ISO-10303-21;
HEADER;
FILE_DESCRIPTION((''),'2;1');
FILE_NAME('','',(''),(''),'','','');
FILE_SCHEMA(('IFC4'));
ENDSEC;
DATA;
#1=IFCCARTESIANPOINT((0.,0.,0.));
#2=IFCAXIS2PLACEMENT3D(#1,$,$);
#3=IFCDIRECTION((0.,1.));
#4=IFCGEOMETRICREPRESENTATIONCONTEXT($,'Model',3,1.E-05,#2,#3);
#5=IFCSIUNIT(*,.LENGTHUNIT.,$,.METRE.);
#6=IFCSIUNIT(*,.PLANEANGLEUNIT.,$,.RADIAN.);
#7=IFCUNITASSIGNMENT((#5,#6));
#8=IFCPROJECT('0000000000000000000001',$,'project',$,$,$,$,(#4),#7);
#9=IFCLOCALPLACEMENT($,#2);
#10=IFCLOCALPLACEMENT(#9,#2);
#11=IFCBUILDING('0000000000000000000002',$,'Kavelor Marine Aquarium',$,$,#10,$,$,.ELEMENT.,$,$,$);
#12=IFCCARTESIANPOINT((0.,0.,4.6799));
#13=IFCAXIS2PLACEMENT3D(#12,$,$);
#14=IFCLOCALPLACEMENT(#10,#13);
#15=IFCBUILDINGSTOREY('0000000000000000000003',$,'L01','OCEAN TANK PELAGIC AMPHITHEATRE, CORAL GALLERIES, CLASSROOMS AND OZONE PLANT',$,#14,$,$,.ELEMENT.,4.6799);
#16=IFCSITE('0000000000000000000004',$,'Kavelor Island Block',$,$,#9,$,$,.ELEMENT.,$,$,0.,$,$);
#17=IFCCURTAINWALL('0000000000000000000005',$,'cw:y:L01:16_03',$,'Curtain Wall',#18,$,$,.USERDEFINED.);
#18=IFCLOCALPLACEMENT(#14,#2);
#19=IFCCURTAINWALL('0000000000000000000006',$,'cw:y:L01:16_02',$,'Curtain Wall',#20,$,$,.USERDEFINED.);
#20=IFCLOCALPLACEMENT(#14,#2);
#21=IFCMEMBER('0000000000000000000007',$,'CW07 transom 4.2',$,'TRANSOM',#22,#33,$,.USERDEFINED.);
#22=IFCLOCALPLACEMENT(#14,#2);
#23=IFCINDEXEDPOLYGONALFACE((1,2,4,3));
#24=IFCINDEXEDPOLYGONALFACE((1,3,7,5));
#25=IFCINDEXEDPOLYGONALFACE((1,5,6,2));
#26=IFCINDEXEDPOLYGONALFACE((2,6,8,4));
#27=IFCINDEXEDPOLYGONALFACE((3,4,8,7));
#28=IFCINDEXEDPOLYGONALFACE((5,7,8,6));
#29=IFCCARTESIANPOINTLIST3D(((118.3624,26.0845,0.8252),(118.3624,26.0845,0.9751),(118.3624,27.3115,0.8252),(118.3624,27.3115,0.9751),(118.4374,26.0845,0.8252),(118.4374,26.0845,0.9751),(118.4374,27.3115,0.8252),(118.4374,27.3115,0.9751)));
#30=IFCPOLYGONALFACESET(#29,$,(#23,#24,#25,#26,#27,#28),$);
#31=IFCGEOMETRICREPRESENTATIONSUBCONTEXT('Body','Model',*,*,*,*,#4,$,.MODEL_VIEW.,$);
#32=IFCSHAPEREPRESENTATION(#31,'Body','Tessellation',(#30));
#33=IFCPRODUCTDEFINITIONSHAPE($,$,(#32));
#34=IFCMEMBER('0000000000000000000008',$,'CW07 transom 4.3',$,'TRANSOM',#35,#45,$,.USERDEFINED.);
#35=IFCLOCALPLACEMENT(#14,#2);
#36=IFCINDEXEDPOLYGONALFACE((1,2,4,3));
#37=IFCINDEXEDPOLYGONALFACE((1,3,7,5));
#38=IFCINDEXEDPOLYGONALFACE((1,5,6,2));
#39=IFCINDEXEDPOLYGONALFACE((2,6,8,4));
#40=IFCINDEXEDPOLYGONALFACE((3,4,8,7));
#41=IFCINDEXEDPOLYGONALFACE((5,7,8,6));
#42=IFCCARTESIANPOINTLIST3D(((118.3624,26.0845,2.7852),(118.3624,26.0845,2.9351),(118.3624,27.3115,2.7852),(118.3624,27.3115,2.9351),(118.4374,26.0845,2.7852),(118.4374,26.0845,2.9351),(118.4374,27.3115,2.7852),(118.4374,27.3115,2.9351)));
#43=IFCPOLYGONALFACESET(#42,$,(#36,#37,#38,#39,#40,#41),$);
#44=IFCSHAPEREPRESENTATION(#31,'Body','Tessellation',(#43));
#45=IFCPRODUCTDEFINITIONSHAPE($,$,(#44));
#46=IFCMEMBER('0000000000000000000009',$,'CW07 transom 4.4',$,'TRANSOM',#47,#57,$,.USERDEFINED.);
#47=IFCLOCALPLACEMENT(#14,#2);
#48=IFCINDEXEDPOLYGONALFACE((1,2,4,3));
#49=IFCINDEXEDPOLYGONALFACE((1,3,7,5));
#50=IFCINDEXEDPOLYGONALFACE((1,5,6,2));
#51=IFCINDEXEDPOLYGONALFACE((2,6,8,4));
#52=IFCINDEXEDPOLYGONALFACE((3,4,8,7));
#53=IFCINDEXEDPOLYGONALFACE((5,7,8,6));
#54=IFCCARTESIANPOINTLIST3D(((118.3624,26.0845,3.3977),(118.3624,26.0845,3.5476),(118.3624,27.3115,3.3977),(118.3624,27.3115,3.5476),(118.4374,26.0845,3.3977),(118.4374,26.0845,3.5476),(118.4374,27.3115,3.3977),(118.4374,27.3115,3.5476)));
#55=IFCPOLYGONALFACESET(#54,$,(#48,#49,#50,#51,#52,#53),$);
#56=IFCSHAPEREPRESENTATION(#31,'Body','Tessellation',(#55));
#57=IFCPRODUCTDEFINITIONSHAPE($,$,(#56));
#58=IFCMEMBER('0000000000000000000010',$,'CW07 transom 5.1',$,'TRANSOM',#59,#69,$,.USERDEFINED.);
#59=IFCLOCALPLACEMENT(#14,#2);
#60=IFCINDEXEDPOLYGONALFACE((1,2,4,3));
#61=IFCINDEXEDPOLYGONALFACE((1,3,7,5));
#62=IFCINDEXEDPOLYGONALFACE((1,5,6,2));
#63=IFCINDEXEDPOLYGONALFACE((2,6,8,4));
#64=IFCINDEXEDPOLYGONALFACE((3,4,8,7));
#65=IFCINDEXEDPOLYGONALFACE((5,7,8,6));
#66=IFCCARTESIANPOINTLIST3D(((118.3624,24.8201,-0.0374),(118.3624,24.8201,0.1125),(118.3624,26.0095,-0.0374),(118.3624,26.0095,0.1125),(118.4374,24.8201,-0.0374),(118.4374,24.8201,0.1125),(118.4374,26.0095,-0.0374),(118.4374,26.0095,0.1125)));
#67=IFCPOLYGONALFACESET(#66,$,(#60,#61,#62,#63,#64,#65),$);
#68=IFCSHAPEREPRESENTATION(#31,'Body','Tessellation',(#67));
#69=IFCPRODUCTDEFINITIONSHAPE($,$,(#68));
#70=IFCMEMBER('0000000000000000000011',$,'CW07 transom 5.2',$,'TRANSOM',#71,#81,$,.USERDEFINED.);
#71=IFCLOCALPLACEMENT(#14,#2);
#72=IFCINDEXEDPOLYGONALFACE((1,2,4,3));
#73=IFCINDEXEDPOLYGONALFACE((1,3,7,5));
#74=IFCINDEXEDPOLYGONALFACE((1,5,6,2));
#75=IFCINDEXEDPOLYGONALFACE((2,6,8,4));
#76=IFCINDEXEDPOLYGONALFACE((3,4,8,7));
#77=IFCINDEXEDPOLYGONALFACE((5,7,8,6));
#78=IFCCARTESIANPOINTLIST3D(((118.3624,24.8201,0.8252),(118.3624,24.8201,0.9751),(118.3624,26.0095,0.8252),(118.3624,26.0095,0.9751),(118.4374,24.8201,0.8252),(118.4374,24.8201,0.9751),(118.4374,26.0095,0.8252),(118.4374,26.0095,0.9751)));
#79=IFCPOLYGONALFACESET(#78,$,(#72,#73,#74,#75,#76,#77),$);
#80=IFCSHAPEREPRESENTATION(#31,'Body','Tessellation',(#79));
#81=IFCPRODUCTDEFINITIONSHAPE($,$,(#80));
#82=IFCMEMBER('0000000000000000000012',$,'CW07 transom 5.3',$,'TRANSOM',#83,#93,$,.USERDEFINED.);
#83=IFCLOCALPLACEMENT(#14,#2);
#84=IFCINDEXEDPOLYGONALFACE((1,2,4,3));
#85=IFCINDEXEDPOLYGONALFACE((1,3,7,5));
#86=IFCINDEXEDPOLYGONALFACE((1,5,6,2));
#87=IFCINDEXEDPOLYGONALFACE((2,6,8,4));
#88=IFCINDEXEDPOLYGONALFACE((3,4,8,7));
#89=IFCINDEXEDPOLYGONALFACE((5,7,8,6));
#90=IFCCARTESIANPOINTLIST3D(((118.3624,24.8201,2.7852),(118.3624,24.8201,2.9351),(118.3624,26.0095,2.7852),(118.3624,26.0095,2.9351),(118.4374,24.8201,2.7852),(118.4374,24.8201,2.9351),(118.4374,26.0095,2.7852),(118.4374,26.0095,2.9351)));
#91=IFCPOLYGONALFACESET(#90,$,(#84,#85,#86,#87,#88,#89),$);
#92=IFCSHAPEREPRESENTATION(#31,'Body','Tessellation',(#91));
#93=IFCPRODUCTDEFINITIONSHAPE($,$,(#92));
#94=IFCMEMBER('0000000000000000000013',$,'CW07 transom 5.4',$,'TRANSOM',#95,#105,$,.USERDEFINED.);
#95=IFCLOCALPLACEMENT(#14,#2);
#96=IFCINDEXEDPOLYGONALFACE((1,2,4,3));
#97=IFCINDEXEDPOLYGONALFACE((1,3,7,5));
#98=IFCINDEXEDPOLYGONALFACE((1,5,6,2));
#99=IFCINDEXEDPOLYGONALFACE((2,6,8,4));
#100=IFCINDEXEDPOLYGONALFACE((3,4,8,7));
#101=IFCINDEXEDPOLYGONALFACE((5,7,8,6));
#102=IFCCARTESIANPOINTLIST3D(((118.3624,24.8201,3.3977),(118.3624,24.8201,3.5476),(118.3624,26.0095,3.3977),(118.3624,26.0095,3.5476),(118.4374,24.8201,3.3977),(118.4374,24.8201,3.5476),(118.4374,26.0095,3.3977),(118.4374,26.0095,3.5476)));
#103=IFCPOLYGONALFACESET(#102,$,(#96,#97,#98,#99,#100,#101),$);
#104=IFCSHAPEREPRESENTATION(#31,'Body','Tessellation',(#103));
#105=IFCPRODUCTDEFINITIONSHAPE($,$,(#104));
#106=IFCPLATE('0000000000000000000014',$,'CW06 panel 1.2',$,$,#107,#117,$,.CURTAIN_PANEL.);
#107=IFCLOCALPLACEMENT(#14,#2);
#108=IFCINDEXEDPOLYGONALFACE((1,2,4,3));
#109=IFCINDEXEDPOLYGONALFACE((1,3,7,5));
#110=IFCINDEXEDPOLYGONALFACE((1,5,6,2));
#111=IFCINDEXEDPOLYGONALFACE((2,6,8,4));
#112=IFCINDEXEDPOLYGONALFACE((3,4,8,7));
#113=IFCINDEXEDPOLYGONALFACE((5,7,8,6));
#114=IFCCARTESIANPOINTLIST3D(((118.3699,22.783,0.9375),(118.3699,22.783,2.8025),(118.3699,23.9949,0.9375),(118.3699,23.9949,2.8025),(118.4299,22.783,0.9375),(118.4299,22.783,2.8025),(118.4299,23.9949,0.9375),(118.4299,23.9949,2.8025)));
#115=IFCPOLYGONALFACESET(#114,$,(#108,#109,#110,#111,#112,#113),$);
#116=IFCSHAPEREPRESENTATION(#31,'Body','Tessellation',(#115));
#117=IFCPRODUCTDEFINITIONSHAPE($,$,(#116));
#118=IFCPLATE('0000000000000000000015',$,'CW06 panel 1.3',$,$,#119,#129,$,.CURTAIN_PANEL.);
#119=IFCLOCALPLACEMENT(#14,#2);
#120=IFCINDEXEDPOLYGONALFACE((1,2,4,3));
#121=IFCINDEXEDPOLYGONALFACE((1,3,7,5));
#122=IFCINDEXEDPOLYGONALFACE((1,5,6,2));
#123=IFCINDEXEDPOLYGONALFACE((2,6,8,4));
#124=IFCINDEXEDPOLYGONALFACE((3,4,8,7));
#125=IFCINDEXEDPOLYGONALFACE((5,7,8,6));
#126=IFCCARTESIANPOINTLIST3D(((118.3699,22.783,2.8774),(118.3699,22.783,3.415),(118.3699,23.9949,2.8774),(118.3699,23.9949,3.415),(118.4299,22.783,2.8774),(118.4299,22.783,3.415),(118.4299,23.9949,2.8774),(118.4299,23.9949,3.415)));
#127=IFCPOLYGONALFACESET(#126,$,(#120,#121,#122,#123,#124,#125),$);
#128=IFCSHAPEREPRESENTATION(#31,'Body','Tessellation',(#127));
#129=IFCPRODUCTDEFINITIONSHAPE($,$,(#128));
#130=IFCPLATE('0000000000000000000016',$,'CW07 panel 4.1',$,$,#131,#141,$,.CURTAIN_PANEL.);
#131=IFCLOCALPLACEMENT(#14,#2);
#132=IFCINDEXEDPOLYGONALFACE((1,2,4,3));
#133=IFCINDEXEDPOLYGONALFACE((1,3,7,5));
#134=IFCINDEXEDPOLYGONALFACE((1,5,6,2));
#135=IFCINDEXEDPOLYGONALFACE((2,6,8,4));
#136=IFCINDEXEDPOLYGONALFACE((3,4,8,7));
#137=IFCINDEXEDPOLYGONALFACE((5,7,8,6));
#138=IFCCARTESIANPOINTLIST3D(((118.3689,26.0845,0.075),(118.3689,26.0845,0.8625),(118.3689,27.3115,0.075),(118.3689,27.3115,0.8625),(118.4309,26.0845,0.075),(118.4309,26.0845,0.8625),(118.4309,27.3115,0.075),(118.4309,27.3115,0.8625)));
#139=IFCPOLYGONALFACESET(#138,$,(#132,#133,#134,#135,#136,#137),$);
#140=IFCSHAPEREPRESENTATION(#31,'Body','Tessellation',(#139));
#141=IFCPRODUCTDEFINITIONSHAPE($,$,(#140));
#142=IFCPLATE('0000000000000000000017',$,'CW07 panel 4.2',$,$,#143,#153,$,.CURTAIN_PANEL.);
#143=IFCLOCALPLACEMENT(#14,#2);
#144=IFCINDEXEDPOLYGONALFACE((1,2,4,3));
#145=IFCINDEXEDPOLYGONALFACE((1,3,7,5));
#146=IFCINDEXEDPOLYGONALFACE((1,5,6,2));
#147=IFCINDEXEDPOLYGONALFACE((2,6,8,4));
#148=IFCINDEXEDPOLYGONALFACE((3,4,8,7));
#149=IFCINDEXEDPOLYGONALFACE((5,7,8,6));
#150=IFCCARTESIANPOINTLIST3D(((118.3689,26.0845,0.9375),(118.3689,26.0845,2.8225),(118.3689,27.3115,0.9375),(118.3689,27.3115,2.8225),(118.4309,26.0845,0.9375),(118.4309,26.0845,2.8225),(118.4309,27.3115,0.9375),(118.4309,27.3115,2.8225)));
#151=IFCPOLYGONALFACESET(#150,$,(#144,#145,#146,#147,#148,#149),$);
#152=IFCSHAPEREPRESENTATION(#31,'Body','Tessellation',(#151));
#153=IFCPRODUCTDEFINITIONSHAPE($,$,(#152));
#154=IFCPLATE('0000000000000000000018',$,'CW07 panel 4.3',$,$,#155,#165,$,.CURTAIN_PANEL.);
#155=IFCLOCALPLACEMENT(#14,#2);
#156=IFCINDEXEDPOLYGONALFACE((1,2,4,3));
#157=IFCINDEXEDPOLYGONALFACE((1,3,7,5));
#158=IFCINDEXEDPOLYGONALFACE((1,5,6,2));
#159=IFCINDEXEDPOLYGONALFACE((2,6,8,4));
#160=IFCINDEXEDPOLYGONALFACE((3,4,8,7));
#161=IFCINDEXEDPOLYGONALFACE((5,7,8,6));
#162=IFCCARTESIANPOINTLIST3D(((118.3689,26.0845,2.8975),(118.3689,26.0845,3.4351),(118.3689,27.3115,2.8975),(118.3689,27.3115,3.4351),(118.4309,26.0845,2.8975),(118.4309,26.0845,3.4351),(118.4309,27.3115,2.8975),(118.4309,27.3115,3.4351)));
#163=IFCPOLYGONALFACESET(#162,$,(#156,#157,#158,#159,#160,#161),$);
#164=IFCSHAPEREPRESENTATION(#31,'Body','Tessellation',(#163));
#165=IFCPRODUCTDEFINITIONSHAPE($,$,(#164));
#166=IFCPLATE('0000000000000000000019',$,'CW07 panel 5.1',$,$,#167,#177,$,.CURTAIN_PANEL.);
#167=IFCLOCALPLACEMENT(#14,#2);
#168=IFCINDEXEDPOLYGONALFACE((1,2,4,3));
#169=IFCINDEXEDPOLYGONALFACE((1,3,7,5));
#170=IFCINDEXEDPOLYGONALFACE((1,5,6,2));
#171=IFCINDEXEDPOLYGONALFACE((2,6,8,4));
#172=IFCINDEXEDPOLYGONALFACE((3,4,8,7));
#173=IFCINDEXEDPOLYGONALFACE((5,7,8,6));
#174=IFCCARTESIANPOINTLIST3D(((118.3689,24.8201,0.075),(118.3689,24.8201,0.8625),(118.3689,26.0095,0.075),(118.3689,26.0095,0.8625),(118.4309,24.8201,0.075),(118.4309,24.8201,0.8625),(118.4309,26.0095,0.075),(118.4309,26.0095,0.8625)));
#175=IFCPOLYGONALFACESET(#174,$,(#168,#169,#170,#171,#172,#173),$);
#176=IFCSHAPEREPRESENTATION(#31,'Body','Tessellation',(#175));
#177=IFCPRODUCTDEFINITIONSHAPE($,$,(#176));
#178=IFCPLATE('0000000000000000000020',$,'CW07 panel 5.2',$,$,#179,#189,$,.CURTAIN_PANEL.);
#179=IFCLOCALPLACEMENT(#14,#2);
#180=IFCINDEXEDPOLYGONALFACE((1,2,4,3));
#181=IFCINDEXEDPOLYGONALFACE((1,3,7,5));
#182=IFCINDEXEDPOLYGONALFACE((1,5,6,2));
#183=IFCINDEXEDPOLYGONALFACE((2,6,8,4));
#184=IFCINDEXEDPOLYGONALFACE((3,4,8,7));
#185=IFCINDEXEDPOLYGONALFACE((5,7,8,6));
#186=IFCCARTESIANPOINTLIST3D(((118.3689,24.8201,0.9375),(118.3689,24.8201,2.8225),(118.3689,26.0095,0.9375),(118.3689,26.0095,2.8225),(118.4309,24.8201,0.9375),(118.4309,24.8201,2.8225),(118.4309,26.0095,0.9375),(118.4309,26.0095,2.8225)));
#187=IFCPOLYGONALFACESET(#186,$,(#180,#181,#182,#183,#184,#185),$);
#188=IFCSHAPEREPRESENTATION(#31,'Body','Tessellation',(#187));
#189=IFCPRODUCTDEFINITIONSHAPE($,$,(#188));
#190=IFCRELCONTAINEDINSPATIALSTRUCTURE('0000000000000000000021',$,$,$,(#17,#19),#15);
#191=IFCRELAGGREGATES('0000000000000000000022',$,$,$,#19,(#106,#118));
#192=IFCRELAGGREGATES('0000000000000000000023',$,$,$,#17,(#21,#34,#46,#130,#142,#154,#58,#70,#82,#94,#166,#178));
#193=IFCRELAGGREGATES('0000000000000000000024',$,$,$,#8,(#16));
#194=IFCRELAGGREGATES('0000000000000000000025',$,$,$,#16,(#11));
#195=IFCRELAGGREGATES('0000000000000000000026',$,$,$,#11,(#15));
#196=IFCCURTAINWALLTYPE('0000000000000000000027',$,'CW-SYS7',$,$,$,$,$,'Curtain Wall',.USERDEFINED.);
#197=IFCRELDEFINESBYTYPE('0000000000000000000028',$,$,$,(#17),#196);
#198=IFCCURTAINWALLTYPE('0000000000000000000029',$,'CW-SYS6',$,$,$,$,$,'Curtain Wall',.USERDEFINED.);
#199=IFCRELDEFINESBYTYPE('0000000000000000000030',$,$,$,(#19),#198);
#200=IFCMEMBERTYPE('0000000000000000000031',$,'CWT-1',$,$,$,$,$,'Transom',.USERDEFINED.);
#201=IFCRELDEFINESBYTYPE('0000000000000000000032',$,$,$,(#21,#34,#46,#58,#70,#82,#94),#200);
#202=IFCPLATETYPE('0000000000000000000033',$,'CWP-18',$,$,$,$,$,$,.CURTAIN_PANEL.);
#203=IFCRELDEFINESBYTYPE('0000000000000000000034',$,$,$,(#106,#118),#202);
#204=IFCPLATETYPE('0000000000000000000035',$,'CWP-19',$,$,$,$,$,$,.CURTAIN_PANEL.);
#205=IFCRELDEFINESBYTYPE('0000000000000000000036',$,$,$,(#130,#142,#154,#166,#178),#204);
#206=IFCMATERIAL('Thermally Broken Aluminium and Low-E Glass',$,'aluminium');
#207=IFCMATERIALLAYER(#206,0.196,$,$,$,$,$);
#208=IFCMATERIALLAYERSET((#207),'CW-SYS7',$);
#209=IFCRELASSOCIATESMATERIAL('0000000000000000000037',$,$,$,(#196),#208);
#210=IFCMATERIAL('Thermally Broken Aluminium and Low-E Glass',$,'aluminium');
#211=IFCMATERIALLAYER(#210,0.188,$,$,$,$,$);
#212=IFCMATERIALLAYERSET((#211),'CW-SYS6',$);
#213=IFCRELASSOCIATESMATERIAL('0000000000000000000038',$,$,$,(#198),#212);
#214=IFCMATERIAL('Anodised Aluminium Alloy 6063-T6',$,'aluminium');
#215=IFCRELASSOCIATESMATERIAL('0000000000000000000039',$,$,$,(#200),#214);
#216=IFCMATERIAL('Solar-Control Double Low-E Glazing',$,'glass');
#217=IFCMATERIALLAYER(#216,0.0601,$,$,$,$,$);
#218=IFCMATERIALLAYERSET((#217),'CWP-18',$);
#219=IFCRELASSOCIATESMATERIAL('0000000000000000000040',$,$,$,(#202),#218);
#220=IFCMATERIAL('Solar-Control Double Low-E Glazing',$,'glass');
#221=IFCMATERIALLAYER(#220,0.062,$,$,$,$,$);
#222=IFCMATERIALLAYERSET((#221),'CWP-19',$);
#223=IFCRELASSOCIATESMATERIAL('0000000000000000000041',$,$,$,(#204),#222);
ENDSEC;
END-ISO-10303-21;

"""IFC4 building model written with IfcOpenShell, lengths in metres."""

from ifc_helpers import new_model, si_unit, direction, frame, origin, origin_2d, place, context, subcontext, project, spatial, rectangle, extrude, material, layer, layer_set, material_profile, profile_set, type_object, element, aggregate, save


model = new_model("IFC4")

# Units and contexts
model_context = context("Model", 3, precision=1e-05, world=origin(), true_north=direction((0.0, 1.0)))
body_context = subcontext(model_context, "Body", "Model", "MODEL_VIEW")
ifc_project = project(units=[si_unit("LENGTHUNIT", "METRE"), si_unit("PLANEANGLEUNIT", "RADIAN")], contexts=[model_context])

# Site, building, storey
site_placement = place(None, origin())
site = spatial("IfcSite", under=ifc_project, at=site_placement, Name="Kavelor Island Block", CompositionType="ELEMENT", RefElevation=0.0)
building_placement = place(site_placement, origin())
building = spatial("IfcBuilding", under=site, at=building_placement, Name="Kavelor Marine Aquarium", CompositionType="ELEMENT")
storey_placement = place(building_placement, frame((0.0, 0.0, 4.6799)))
storey = spatial("IfcBuildingStorey", under=building, at=storey_placement, Name="L01", Description="OCEAN TANK PELAGIC AMPHITHEATRE, CORAL GALLERIES, CLASSROOMS AND OZONE PLANT", CompositionType="ELEMENT", Elevation=4.6799)

# Curtain walls
ifc_material_1 = material(Name="Thermally Broken Aluminium and Low-E Glass", Category="aluminium")
ifc_layer_1 = layer(ifc_material_1, 0.196)
ifc_layer_set_1 = layer_set([ifc_layer_1], Name="CW-SYS7")
curtain_wall_type_1 = type_object("IfcCurtainWallType", Name="CW-SYS7", ElementType="Curtain Wall", PredefinedType="USERDEFINED", material=ifc_layer_set_1)
curtain_wall_1_placement = place(storey_placement, origin())
curtain_wall_1 = element("IfcCurtainWall", 1, at=curtain_wall_1_placement, inside=storey, type_object=curtain_wall_type_1, Name="cw:y:L01:16_03", ObjectType="Curtain Wall", PredefinedType="USERDEFINED")
ifc_material_2 = material(Name="Thermally Broken Aluminium and Low-E Glass", Category="aluminium")
ifc_layer_2 = layer(ifc_material_2, 0.188)
ifc_layer_set_2 = layer_set([ifc_layer_2], Name="CW-SYS6")
curtain_wall_type_2 = type_object("IfcCurtainWallType", Name="CW-SYS6", ElementType="Curtain Wall", PredefinedType="USERDEFINED", material=ifc_layer_set_2)
curtain_wall_2_placement = place(storey_placement, origin())
curtain_wall_2 = element("IfcCurtainWall", 2, at=curtain_wall_2_placement, inside=storey, type_object=curtain_wall_type_2, Name="cw:y:L01:16_02", ObjectType="Curtain Wall", PredefinedType="USERDEFINED")
ifc_material_3 = material(Name="Anodised Aluminium Alloy 6063-T6", Category="aluminium")
ifc_material_profile_1 = material_profile(ifc_material_3, rectangle(XDim=0.075, YDim=0.1499, at=origin_2d()), Name="CW-TRN 75x150")
ifc_profile_set_1 = profile_set([ifc_material_profile_1], Name="Anodised Aluminium Alloy 6063-T6")
member_type_1 = type_object("IfcMemberType", Name="CWT-1", ElementType="Transom", PredefinedType="USERDEFINED", material=ifc_profile_set_1)

# Members
member_1_placement = place(storey_placement, frame((118.3999, 27.3115, 0.9001), z_axis=(0.0, -1.0, 0.0), x_axis=(1.0, 0.0, 0.0)))
member_1 = element("IfcMember", 3, at=member_1_placement, type_object=member_type_1, Name="CW07 transom 4.2", ObjectType="TRANSOM", PredefinedType="USERDEFINED", context=body_context, shape_type="SweptSolid", body=[
    extrude(rectangle(XDim=0.075, YDim=0.1499, at=origin_2d()), origin(), (0.0, 0.0, 1.0), 1.2271),
])
member_2_placement = place(storey_placement, frame((118.3999, 27.3115, 2.8601), z_axis=(0.0, -1.0, 0.0), x_axis=(1.0, 0.0, 0.0)))
member_2 = element("IfcMember", 4, at=member_2_placement, type_object=member_type_1, Name="CW07 transom 4.3", ObjectType="TRANSOM", PredefinedType="USERDEFINED", context=body_context, shape_type="SweptSolid", body=[
    extrude(rectangle(XDim=0.075, YDim=0.1499, at=origin_2d()), origin(), (0.0, 0.0, 1.0), 1.2271),
])
member_3_placement = place(storey_placement, frame((118.3999, 27.3115, 3.4727), z_axis=(0.0, -1.0, 0.0), x_axis=(1.0, 0.0, 0.0)))
member_3 = element("IfcMember", 5, at=member_3_placement, type_object=member_type_1, Name="CW07 transom 4.4", ObjectType="TRANSOM", PredefinedType="USERDEFINED", context=body_context, shape_type="SweptSolid", body=[
    extrude(rectangle(XDim=0.075, YDim=0.1499, at=origin_2d()), origin(), (0.0, 0.0, 1.0), 1.2271),
])
member_4_placement = place(storey_placement, frame((118.3999, 26.0095, 0.0376), z_axis=(0.0, -1.0, 0.0), x_axis=(1.0, 0.0, 0.0)))
member_4 = element("IfcMember", 6, at=member_4_placement, type_object=member_type_1, Name="CW07 transom 5.1", ObjectType="TRANSOM", PredefinedType="USERDEFINED", context=body_context, shape_type="SweptSolid", body=[
    extrude(rectangle(XDim=0.075, YDim=0.1499, at=origin_2d()), origin(), (0.0, 0.0, 1.0), 1.1895),
])
member_5_placement = place(storey_placement, frame((118.3999, 26.0095, 0.9001), z_axis=(0.0, -1.0, 0.0), x_axis=(1.0, 0.0, 0.0)))
member_5 = element("IfcMember", 7, at=member_5_placement, type_object=member_type_1, Name="CW07 transom 5.2", ObjectType="TRANSOM", PredefinedType="USERDEFINED", context=body_context, shape_type="SweptSolid", body=[
    extrude(rectangle(XDim=0.075, YDim=0.1499, at=origin_2d()), origin(), (0.0, 0.0, 1.0), 1.1895),
])
member_6_placement = place(storey_placement, frame((118.3999, 26.0095, 2.8601), z_axis=(0.0, -1.0, 0.0), x_axis=(1.0, 0.0, 0.0)))
member_6 = element("IfcMember", 8, at=member_6_placement, type_object=member_type_1, Name="CW07 transom 5.3", ObjectType="TRANSOM", PredefinedType="USERDEFINED", context=body_context, shape_type="SweptSolid", body=[
    extrude(rectangle(XDim=0.075, YDim=0.1499, at=origin_2d()), origin(), (0.0, 0.0, 1.0), 1.1895),
])
member_7_placement = place(storey_placement, frame((118.3999, 26.0095, 3.4727), z_axis=(0.0, -1.0, 0.0), x_axis=(1.0, 0.0, 0.0)))
member_7 = element("IfcMember", 9, at=member_7_placement, type_object=member_type_1, Name="CW07 transom 5.4", ObjectType="TRANSOM", PredefinedType="USERDEFINED", context=body_context, shape_type="SweptSolid", body=[
    extrude(rectangle(XDim=0.075, YDim=0.1499, at=origin_2d()), origin(), (0.0, 0.0, 1.0), 1.1895),
])

# Plates
ifc_material_4 = material(Name="Solar-Control Double Low-E Glazing", Category="glass")
ifc_layer_3 = layer(ifc_material_4, 0.0601)
ifc_layer_set_3 = layer_set([ifc_layer_3], Name="CWP-18")
plate_type_1 = type_object("IfcPlateType", Name="CWP-18", PredefinedType="CURTAIN_PANEL", material=ifc_layer_set_3)
plate_1_placement = place(storey_placement, frame((118.3999, 23.3889, 0.9375), z_axis=(0.0, 0.0, 1.0), x_axis=(0.0, -1.0, 0.0)))
plate_1 = element("IfcPlate", 10, at=plate_1_placement, type_object=plate_type_1, Name="CW06 panel 1.2", PredefinedType="CURTAIN_PANEL", context=body_context, shape_type="SweptSolid", body=[
    extrude(rectangle(XDim=1.2119, YDim=0.0601, at=origin_2d()), origin(), (0.0, 0.0, 1.0), 1.865),
])
plate_2_placement = place(storey_placement, frame((118.3999, 23.3889, 2.8774), z_axis=(0.0, 0.0, 1.0), x_axis=(0.0, -1.0, 0.0)))
plate_2 = element("IfcPlate", 11, at=plate_2_placement, type_object=plate_type_1, Name="CW06 panel 1.3", PredefinedType="CURTAIN_PANEL", context=body_context, shape_type="SweptSolid", body=[
    extrude(rectangle(XDim=1.2119, YDim=0.0601, at=origin_2d()), origin(), (0.0, 0.0, 1.0), 0.5376),
])
aggregate(curtain_wall_2, [plate_1, plate_2])
ifc_material_5 = material(Name="Solar-Control Double Low-E Glazing", Category="glass")
ifc_layer_4 = layer(ifc_material_5, 0.062)
ifc_layer_set_4 = layer_set([ifc_layer_4], Name="CWP-19")
plate_type_2 = type_object("IfcPlateType", Name="CWP-19", PredefinedType="CURTAIN_PANEL", material=ifc_layer_set_4)
plate_3_placement = place(storey_placement, frame((118.3999, 26.698, 0.075), z_axis=(0.0, 0.0, 1.0), x_axis=(0.0, -1.0, 0.0)))
plate_3 = element("IfcPlate", 12, at=plate_3_placement, type_object=plate_type_2, Name="CW07 panel 4.1", PredefinedType="CURTAIN_PANEL", context=body_context, shape_type="SweptSolid", body=[
    extrude(rectangle(XDim=1.2271, YDim=0.062, at=origin_2d()), origin(), (0.0, 0.0, 1.0), 0.7876),
])
plate_4_placement = place(storey_placement, frame((118.3999, 26.698, 0.9375), z_axis=(0.0, 0.0, 1.0), x_axis=(0.0, -1.0, 0.0)))
plate_4 = element("IfcPlate", 13, at=plate_4_placement, type_object=plate_type_2, Name="CW07 panel 4.2", PredefinedType="CURTAIN_PANEL", context=body_context, shape_type="SweptSolid", body=[
    extrude(rectangle(XDim=1.2271, YDim=0.062, at=origin_2d()), origin(), (0.0, 0.0, 1.0), 1.885),
])
plate_5_placement = place(storey_placement, frame((118.3999, 26.698, 2.8975), z_axis=(0.0, 0.0, 1.0), x_axis=(0.0, -1.0, 0.0)))
plate_5 = element("IfcPlate", 14, at=plate_5_placement, type_object=plate_type_2, Name="CW07 panel 4.3", PredefinedType="CURTAIN_PANEL", context=body_context, shape_type="SweptSolid", body=[
    extrude(rectangle(XDim=1.2271, YDim=0.062, at=origin_2d()), origin(), (0.0, 0.0, 1.0), 0.5376),
])
plate_6_placement = place(storey_placement, frame((118.3999, 25.4148, 0.075), z_axis=(0.0, 0.0, 1.0), x_axis=(0.0, -1.0, 0.0)))
plate_6 = element("IfcPlate", 15, at=plate_6_placement, type_object=plate_type_2, Name="CW07 panel 5.1", PredefinedType="CURTAIN_PANEL", context=body_context, shape_type="SweptSolid", body=[
    extrude(rectangle(XDim=1.1895, YDim=0.062, at=origin_2d()), origin(), (0.0, 0.0, 1.0), 0.7876),
])
plate_7_placement = place(storey_placement, frame((118.3999, 25.4148, 0.9375), z_axis=(0.0, 0.0, 1.0), x_axis=(0.0, -1.0, 0.0)))
plate_7 = element("IfcPlate", 16, at=plate_7_placement, type_object=plate_type_2, Name="CW07 panel 5.2", PredefinedType="CURTAIN_PANEL", context=body_context, shape_type="SweptSolid", body=[
    extrude(rectangle(XDim=1.1895, YDim=0.062, at=origin_2d()), origin(), (0.0, 0.0, 1.0), 1.885),
])
aggregate(curtain_wall_1, [member_1, member_2, member_3, plate_3, plate_4, plate_5, member_4, member_5, member_6, member_7, plate_6, plate_7])

save(model, "model.ifc")
